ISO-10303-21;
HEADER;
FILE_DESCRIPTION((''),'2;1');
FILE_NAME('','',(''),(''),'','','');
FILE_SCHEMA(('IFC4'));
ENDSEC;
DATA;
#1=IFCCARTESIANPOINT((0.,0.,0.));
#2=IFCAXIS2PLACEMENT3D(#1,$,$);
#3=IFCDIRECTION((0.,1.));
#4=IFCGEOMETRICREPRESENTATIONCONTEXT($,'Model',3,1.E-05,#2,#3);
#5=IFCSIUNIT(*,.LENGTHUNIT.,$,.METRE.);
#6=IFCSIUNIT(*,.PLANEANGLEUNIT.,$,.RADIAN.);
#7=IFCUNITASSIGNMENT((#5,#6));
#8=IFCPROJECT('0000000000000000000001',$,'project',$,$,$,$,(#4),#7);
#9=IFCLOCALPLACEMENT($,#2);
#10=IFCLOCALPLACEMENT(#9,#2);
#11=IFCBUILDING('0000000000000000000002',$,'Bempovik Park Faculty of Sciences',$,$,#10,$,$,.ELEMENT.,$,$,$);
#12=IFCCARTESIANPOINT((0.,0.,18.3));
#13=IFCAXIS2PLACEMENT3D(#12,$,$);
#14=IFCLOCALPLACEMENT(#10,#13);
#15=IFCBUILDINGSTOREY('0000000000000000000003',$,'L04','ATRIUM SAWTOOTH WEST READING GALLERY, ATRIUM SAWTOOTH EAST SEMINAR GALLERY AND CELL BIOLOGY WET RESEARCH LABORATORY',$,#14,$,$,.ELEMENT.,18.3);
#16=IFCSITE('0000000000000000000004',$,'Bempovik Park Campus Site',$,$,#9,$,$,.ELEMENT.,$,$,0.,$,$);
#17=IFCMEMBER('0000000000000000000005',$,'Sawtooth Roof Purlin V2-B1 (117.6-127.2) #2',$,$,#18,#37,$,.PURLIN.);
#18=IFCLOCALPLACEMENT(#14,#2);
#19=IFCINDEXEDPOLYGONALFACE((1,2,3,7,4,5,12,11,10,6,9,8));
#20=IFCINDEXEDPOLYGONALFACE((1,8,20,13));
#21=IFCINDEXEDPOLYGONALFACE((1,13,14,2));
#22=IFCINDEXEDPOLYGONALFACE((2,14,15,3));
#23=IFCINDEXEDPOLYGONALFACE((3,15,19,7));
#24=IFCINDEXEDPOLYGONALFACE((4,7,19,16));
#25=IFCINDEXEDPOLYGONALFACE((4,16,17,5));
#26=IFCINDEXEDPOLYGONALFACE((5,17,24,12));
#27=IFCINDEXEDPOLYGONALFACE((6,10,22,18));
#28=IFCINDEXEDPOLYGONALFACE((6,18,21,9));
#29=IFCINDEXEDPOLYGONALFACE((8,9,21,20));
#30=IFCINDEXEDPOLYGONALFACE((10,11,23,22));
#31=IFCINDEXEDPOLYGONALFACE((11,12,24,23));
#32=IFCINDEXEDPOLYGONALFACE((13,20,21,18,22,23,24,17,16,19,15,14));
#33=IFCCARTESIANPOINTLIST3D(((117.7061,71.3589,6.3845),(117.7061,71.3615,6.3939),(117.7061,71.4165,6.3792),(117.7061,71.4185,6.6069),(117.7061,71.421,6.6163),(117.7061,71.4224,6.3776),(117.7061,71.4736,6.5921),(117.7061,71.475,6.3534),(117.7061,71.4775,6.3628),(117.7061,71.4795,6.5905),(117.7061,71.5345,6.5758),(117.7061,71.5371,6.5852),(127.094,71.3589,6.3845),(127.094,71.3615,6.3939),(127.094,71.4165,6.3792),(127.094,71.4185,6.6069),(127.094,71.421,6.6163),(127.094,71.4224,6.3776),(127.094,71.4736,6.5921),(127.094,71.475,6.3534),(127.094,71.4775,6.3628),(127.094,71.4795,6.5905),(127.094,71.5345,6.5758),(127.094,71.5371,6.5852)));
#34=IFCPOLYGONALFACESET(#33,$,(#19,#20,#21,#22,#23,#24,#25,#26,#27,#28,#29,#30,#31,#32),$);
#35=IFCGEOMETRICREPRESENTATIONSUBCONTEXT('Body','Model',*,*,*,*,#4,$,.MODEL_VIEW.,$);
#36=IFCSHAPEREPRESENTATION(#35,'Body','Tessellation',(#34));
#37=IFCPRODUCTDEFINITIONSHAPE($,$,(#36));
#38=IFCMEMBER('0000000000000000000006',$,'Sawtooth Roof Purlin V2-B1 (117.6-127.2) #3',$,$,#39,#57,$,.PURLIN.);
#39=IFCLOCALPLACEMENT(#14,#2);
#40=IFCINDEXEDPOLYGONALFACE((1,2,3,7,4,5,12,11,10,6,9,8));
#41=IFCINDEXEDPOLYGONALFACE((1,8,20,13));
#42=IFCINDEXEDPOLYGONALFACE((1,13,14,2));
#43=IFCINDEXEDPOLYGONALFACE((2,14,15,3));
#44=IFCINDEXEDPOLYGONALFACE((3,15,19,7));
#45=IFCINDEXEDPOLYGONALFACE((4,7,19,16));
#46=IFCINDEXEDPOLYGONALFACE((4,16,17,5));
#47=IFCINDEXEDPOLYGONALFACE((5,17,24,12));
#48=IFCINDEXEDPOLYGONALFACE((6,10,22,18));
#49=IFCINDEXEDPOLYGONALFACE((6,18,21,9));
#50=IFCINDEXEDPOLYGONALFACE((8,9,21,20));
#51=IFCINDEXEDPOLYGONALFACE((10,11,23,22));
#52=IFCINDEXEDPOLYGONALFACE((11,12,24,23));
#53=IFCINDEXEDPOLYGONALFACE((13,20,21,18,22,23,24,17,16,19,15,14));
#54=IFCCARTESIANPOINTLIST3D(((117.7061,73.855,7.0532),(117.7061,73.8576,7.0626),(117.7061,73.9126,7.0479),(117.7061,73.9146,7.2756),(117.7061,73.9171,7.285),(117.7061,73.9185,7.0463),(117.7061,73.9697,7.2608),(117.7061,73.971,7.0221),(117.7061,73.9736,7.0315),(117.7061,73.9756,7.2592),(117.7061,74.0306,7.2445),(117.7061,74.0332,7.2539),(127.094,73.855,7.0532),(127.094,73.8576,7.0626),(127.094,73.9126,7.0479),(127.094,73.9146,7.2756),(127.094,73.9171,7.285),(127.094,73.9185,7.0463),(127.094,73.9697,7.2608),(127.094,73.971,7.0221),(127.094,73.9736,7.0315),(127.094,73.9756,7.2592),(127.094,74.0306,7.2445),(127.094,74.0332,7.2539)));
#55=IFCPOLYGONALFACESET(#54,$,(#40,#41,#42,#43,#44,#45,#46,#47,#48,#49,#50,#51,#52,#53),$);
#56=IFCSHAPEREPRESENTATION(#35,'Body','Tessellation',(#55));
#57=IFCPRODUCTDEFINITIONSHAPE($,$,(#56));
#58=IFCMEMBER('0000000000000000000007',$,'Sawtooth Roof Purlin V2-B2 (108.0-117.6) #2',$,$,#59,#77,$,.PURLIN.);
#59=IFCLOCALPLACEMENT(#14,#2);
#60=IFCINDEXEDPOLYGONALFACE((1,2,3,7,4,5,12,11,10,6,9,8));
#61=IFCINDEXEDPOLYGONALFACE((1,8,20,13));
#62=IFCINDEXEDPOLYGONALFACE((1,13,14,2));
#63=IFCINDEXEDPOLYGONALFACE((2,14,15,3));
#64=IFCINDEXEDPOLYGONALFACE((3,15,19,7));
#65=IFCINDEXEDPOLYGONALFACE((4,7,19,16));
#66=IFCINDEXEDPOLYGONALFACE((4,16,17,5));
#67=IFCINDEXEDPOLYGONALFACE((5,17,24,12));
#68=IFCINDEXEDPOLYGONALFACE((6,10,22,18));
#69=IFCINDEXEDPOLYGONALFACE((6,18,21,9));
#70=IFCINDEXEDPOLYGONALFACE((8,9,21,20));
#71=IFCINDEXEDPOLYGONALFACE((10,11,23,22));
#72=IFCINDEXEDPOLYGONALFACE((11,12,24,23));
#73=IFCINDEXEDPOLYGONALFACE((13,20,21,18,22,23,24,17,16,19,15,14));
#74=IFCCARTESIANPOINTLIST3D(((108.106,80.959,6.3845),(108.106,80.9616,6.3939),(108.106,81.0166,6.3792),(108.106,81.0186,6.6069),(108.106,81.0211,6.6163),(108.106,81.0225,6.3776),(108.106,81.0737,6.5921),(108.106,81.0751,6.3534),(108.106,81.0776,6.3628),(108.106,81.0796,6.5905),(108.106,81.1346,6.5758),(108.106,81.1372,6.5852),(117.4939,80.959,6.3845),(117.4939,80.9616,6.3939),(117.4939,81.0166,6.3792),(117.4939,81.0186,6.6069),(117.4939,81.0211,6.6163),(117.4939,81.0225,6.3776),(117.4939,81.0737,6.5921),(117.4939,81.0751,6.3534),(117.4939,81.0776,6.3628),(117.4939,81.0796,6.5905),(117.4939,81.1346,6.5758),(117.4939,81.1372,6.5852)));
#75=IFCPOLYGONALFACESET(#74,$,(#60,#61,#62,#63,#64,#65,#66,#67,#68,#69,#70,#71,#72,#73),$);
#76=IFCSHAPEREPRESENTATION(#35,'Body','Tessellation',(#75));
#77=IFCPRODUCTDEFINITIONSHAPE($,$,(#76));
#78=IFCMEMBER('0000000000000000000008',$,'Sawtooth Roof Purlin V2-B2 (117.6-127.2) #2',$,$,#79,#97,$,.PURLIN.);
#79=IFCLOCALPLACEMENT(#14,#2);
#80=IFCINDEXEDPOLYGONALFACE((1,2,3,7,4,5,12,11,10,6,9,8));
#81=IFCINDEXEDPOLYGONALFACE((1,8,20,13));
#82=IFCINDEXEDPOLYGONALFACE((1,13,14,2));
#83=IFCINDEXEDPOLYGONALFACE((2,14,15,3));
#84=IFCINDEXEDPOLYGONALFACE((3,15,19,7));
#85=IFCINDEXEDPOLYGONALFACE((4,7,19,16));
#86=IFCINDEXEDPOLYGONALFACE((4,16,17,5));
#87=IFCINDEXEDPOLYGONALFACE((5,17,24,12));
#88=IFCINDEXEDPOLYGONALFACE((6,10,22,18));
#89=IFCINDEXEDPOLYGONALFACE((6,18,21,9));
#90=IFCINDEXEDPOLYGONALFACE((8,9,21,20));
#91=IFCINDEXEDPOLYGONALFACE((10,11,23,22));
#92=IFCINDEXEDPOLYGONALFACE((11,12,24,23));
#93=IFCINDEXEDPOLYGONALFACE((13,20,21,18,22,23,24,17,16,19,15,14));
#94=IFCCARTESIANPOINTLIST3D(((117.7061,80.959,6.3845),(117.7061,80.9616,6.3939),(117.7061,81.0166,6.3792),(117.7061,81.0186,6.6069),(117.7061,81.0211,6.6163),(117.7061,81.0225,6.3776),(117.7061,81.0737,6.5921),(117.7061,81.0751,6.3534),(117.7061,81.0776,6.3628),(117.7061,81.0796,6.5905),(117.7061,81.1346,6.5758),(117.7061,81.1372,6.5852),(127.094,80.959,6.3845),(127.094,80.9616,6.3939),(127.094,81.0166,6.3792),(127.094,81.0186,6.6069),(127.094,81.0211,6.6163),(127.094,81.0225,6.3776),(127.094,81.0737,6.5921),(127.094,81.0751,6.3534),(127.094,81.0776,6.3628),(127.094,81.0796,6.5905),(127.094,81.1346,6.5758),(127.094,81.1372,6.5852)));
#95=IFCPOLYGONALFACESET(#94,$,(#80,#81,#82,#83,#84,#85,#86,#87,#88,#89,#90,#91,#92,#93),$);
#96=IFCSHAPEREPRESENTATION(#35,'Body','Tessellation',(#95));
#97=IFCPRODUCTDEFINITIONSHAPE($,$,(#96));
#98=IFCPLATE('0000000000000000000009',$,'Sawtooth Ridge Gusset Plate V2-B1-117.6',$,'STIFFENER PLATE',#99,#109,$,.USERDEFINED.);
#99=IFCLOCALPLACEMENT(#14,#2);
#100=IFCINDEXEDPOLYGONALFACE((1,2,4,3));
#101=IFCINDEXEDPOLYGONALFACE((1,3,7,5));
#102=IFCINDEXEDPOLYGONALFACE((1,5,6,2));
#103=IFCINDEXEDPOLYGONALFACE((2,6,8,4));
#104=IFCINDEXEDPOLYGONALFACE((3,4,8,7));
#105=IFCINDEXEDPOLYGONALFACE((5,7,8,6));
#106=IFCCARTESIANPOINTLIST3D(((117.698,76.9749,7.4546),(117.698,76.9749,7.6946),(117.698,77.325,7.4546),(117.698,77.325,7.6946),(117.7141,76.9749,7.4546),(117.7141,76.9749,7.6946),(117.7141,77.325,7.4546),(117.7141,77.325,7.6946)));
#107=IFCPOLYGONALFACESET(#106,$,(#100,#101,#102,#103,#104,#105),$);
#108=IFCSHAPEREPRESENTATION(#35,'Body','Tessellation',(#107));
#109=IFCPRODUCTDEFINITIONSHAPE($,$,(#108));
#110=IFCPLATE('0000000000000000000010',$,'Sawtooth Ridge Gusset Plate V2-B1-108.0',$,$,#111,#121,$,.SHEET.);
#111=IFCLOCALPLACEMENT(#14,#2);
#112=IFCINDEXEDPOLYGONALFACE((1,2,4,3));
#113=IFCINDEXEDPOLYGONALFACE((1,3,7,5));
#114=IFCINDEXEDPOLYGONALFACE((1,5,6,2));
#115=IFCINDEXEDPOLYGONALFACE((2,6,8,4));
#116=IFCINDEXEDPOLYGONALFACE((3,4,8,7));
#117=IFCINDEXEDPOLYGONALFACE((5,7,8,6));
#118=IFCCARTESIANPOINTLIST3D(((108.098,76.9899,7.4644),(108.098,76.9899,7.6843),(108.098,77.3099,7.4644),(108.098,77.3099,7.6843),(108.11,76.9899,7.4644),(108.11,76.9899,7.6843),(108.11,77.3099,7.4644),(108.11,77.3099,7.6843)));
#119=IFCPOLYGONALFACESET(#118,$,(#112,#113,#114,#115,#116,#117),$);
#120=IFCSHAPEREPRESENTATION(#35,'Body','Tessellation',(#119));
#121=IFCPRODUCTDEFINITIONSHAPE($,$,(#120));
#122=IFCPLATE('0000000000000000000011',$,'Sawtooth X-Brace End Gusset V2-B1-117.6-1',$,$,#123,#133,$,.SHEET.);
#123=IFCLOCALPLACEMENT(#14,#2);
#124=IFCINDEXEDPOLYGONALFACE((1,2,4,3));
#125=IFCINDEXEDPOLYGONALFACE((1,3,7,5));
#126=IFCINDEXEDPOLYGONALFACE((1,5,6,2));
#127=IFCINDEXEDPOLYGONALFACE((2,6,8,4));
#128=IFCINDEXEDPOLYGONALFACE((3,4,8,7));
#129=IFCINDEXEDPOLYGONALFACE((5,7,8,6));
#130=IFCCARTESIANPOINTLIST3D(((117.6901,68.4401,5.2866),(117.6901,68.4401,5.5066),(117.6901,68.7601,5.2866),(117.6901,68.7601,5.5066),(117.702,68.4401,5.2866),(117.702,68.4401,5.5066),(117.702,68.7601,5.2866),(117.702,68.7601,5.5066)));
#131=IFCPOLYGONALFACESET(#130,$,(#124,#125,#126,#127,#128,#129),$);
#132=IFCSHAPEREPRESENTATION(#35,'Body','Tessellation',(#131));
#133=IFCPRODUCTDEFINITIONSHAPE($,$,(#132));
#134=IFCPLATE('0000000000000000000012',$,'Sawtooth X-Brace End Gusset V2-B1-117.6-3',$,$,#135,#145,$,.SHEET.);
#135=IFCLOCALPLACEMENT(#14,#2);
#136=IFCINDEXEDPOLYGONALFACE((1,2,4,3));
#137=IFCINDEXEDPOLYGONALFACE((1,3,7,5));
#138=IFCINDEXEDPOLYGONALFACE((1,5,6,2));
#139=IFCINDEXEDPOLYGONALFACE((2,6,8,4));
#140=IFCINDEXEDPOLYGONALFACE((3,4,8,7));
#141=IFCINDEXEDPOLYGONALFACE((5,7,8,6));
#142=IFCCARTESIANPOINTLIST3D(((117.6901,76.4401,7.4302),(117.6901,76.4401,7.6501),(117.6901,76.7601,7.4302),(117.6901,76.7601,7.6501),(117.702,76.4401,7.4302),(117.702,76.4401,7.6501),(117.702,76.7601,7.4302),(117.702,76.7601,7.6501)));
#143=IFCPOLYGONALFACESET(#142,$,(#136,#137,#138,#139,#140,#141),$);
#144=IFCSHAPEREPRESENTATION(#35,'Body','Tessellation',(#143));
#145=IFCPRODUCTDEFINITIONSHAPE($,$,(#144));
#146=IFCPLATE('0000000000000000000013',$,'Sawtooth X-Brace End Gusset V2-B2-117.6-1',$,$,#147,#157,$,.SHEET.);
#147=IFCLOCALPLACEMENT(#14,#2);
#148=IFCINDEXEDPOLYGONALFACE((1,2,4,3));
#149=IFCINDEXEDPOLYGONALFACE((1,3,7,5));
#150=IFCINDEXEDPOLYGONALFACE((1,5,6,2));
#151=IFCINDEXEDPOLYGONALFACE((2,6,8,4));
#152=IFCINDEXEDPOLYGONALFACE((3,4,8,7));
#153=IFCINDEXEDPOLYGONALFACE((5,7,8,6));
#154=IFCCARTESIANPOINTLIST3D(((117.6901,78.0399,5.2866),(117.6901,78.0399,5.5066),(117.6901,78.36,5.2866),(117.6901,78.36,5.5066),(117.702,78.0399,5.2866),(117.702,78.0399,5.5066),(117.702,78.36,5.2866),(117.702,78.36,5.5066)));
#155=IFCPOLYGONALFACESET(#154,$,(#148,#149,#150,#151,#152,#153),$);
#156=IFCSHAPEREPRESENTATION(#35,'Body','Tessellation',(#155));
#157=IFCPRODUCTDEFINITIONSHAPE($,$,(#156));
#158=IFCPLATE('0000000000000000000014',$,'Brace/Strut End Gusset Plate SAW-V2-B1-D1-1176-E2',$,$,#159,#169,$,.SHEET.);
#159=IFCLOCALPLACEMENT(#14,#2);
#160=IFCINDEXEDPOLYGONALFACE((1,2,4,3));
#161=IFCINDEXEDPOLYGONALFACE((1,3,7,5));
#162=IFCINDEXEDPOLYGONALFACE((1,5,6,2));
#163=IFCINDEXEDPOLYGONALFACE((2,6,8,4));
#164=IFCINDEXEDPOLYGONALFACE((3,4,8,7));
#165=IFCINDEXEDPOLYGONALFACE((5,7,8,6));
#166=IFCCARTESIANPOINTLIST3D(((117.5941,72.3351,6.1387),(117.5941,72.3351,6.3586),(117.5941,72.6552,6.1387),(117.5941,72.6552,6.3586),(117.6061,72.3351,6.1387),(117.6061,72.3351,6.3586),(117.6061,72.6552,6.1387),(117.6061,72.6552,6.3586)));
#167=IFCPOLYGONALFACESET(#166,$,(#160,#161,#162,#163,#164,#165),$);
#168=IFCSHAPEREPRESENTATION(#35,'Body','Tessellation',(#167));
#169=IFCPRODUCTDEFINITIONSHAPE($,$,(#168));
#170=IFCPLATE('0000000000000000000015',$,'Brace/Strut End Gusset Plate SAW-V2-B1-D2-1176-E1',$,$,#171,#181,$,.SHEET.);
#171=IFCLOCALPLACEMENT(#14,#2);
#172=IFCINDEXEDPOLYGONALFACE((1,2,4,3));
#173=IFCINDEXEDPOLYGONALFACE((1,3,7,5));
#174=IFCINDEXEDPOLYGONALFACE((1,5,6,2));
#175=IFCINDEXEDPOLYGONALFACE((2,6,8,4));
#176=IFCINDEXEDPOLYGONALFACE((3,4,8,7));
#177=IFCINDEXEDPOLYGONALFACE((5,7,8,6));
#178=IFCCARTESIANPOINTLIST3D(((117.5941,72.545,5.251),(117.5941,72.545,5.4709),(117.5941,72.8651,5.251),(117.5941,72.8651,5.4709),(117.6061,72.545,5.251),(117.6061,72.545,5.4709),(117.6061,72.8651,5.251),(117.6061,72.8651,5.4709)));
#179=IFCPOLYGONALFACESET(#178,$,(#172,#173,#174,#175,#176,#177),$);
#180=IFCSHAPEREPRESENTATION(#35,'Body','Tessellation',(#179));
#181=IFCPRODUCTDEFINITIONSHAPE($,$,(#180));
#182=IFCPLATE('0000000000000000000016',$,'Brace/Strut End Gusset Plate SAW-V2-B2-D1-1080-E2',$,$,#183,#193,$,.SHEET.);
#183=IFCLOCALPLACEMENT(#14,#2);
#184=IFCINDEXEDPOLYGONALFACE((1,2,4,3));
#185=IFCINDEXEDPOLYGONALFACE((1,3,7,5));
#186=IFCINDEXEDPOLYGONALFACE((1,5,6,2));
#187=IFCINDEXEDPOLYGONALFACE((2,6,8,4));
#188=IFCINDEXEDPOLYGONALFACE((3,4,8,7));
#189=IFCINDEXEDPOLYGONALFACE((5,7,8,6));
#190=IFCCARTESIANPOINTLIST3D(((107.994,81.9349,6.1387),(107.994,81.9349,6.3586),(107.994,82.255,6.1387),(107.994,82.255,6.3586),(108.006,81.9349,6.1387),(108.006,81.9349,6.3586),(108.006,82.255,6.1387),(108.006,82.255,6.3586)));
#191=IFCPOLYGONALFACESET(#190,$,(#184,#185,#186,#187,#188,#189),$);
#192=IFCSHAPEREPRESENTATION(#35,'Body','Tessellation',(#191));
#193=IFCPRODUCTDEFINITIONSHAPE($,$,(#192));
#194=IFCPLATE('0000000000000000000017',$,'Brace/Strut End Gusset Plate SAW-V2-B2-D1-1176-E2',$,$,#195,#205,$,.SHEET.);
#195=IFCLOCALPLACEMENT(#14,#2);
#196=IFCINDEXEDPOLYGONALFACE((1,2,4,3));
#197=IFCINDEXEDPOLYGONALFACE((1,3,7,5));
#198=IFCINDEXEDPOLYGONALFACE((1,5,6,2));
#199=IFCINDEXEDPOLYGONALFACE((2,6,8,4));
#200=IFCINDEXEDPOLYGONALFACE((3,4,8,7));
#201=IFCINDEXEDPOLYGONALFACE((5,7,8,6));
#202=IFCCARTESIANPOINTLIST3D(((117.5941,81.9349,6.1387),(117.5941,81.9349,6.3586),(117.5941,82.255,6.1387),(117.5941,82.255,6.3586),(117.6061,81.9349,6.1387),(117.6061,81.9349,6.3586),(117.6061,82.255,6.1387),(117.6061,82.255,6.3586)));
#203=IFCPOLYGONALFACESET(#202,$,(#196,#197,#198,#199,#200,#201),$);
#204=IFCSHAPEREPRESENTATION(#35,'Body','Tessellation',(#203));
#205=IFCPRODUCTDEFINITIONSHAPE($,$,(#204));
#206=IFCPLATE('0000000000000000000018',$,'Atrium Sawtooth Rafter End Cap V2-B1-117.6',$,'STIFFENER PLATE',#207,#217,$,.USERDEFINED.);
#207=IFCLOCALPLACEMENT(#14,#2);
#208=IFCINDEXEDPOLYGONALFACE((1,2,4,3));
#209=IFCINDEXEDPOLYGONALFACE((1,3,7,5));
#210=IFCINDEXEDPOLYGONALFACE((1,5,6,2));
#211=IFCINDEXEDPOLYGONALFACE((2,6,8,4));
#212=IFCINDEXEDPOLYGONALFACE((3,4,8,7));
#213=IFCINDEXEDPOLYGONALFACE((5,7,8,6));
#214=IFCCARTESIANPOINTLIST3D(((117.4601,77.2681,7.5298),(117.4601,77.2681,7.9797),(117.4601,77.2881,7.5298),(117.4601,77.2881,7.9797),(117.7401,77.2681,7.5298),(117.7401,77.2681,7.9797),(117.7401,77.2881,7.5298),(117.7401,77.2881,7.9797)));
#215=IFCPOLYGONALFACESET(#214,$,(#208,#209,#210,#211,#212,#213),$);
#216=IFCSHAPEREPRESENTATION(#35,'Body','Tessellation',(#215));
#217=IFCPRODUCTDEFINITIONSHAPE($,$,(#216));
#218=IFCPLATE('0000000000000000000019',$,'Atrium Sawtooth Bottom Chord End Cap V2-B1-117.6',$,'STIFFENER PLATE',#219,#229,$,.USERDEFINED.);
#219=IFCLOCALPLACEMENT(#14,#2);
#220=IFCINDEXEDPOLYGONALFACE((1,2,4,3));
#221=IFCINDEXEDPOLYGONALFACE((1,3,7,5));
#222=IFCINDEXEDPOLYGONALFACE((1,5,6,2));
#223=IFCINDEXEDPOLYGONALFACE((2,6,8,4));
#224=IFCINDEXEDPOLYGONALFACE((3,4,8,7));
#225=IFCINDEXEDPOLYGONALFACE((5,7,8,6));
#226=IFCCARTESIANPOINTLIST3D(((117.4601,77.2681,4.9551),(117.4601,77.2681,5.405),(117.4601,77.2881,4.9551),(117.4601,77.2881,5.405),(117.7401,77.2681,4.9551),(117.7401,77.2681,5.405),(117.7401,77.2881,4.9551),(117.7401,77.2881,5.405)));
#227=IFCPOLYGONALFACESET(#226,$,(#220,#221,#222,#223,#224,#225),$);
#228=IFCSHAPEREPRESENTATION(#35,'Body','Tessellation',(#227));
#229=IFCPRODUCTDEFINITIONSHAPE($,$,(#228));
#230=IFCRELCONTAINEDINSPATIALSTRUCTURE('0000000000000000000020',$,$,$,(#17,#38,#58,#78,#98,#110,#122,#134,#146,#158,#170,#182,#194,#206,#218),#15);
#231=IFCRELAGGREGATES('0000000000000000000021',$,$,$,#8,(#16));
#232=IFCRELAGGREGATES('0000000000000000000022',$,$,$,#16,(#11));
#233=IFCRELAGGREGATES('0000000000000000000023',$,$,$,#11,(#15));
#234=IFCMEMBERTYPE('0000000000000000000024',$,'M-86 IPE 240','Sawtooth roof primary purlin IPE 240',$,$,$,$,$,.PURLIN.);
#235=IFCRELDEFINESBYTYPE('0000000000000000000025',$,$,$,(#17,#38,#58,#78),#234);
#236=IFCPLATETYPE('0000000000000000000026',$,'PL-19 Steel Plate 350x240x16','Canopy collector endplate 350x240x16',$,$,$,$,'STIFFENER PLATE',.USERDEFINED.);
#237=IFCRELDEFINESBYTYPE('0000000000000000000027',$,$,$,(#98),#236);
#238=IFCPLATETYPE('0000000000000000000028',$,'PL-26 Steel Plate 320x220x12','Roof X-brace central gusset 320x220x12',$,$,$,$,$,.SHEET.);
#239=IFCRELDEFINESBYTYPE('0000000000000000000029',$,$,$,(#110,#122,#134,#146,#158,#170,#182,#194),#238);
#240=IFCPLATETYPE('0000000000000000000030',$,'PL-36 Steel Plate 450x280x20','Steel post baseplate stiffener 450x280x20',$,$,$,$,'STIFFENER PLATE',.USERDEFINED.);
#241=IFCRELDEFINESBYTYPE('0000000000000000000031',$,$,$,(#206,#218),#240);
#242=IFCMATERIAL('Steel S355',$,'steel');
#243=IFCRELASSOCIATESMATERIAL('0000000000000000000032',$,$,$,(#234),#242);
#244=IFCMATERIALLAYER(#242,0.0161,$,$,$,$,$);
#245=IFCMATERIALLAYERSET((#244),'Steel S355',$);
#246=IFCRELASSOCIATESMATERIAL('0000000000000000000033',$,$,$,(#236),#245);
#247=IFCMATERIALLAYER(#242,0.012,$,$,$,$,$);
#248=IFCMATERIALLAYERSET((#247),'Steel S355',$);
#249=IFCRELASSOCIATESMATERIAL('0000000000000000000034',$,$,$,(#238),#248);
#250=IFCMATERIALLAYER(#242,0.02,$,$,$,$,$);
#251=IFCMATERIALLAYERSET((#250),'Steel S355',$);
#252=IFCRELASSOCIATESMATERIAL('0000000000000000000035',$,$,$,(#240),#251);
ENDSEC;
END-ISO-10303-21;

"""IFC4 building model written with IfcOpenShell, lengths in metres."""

from ifc_helpers import new_model, si_unit, direction, frame, origin, origin_2d, place, context, subcontext, project, spatial, rectangle, i_section, extrude, material, layer, layer_set, material_profile, profile_set, type_object, element, save


model = new_model("IFC4")

# Units and contexts
model_context = context("Model", 3, precision=1e-05, world=origin(), true_north=direction((0.0, 1.0)))
body_context = subcontext(model_context, "Body", "Model", "MODEL_VIEW")
ifc_project = project(units=[si_unit("LENGTHUNIT", "METRE"), si_unit("PLANEANGLEUNIT", "RADIAN")], contexts=[model_context])

# Site, building, storey
site_placement = place(None, origin())
site = spatial("IfcSite", under=ifc_project, at=site_placement, Name="Bempovik Park Campus Site", CompositionType="ELEMENT", RefElevation=0.0)
building_placement = place(site_placement, origin())
building = spatial("IfcBuilding", under=site, at=building_placement, Name="Bempovik Park Faculty of Sciences", CompositionType="ELEMENT")
storey_placement = place(building_placement, frame((0.0, 0.0, 18.3)))
storey = spatial("IfcBuildingStorey", under=building, at=storey_placement, Name="L04", Description="ATRIUM SAWTOOTH WEST READING GALLERY, ATRIUM SAWTOOTH EAST SEMINAR GALLERY AND CELL BIOLOGY WET RESEARCH LABORATORY", CompositionType="ELEMENT", Elevation=18.3)

# Shared definitions
ifc_material_1 = material(Name="Steel S355", Category="steel")

# Members
ifc_material_profile_1 = material_profile(ifc_material_1, i_section(OverallWidth=0.1201, OverallDepth=0.24, WebThickness=0.0061, FlangeThickness=0.0098, at=origin_2d()), Name="IPE 240")
ifc_profile_set_1 = profile_set([ifc_material_profile_1], Name="Steel S355")
member_type_1 = type_object("IfcMemberType", Name="M-86 IPE 240", Description="Sawtooth roof primary purlin IPE 240", PredefinedType="PURLIN", material=ifc_profile_set_1)
for number, where, z_axis, x_axis, name in (
    (1, (117.7061, 71.448, 6.4849), (1.0, 0.0, 0.0), (0.0, 0.965926, -0.258819), "Sawtooth Roof Purlin V2-B1 (117.6-127.2) #2"),
    (2, (117.7061, 73.9441, 7.1536), (1.0, 0.0, 0.0), (0.0, 0.965926, -0.258819), "Sawtooth Roof Purlin V2-B1 (117.6-127.2) #3"),
    (3, (108.106, 81.0481, 6.4849), (1.0, 0.0, 0.0), (0.0, 0.965926, -0.258819), "Sawtooth Roof Purlin V2-B2 (108.0-117.6) #2"),
    (4, (117.7061, 81.0481, 6.4849), (1.0, 0.0, 0.0), (0.0, 0.965926, -0.258819), "Sawtooth Roof Purlin V2-B2 (117.6-127.2) #2"),
):
    element("IfcMember", number, at=place(storey_placement, frame(where, z_axis=z_axis, x_axis=x_axis)), inside=storey, type_object=member_type_1, Name=name, PredefinedType="PURLIN", context=body_context, shape_type="SweptSolid", body=[
        extrude(i_section(OverallWidth=0.1201, OverallDepth=0.24, WebThickness=0.0061, FlangeThickness=0.0098, at=origin_2d()), origin(), (0.0, 0.0, 1.0), 9.3879),
    ])

# Plates
ifc_layer_1 = layer(ifc_material_1, 0.0161)
ifc_layer_set_1 = layer_set([ifc_layer_1], Name="Steel S355")
plate_type_1 = type_object("IfcPlateType", Name="PL-19 Steel Plate 350x240x16", Description="Canopy collector endplate 350x240x16", ElementType="STIFFENER PLATE", PredefinedType="USERDEFINED", material=ifc_layer_set_1)
plate_placement = place(storey_placement, frame((117.7061, 77.1499, 7.4546), z_axis=(0.0, 0.0, 1.0), x_axis=(1.0, 0.0, 0.0)))
element("IfcPlate", 5, at=plate_placement, inside=storey, type_object=plate_type_1, Name="Sawtooth Ridge Gusset Plate V2-B1-117.6", ObjectType="STIFFENER PLATE", PredefinedType="USERDEFINED", context=body_context, shape_type="SweptSolid", body=[
    extrude(rectangle(XDim=0.0161, YDim=0.3501, at=origin_2d()), origin(), (0.0, 0.0, 1.0), 0.24),
])
ifc_layer_2 = layer(ifc_material_1, 0.012)
ifc_layer_set_2 = layer_set([ifc_layer_2], Name="Steel S355")
plate_type_2 = type_object("IfcPlateType", Name="PL-26 Steel Plate 320x220x12", Description="Roof X-brace central gusset 320x220x12", PredefinedType="SHEET", material=ifc_layer_set_2)
for number, where, z_axis, x_axis, name in (
    (6, (108.104, 77.1499, 7.4644), (0.0, 0.0, 1.0), (1.0, 0.0, 0.0), "Sawtooth Ridge Gusset Plate V2-B1-108.0"),
    (7, (117.696, 68.6001, 5.2866), (0.0, 0.0, 1.0), (1.0, 0.0, 0.0), "Sawtooth X-Brace End Gusset V2-B1-117.6-1"),
    (8, (117.696, 76.6001, 7.4302), (0.0, 0.0, 1.0), (1.0, 0.0, 0.0), "Sawtooth X-Brace End Gusset V2-B1-117.6-3"),
    (9, (117.696, 78.2, 5.2866), (0.0, 0.0, 1.0), (1.0, 0.0, 0.0), "Sawtooth X-Brace End Gusset V2-B2-117.6-1"),
    (10, (117.6001, 72.4951, 6.1387), (0.0, 0.0, 1.0), (1.0, 0.0, 0.0), "Brace/Strut End Gusset Plate SAW-V2-B1-D1-1176-E2"),
    (11, (117.6001, 72.7051, 5.251), (0.0, 0.0, 1.0), (1.0, 0.0, 0.0), "Brace/Strut End Gusset Plate SAW-V2-B1-D2-1176-E1"),
    (12, (108.0, 82.095, 6.1387), (0.0, 0.0, 1.0), (1.0, 0.0, 0.0), "Brace/Strut End Gusset Plate SAW-V2-B2-D1-1080-E2"),
    (13, (117.6001, 82.095, 6.1387), (0.0, 0.0, 1.0), (1.0, 0.0, 0.0), "Brace/Strut End Gusset Plate SAW-V2-B2-D1-1176-E2"),
):
    element("IfcPlate", number, at=place(storey_placement, frame(where, z_axis=z_axis, x_axis=x_axis)), inside=storey, type_object=plate_type_2, Name=name, PredefinedType="SHEET", context=body_context, shape_type="SweptSolid", body=[
        extrude(rectangle(XDim=0.012, YDim=0.3201, at=origin_2d()), origin(), (0.0, 0.0, 1.0), 0.22),
    ])
ifc_layer_3 = layer(ifc_material_1, 0.02)
ifc_layer_set_3 = layer_set([ifc_layer_3], Name="Steel S355")
plate_type_3 = type_object("IfcPlateType", Name="PL-36 Steel Plate 450x280x20", Description="Steel post baseplate stiffener 450x280x20", ElementType="STIFFENER PLATE", PredefinedType="USERDEFINED", material=ifc_layer_set_3)
for number, where, z_axis, x_axis, name in (
    (14, (117.6001, 77.2781, 7.5298), (0.0, 0.0, 1.0), (1.0, 0.0, 0.0), "Atrium Sawtooth Rafter End Cap V2-B1-117.6"),
    (15, (117.6001, 77.2781, 4.9551), (0.0, 0.0, 1.0), (1.0, 0.0, 0.0), "Atrium Sawtooth Bottom Chord End Cap V2-B1-117.6"),
):
    element("IfcPlate", number, at=place(storey_placement, frame(where, z_axis=z_axis, x_axis=x_axis)), inside=storey, type_object=plate_type_3, Name=name, ObjectType="STIFFENER PLATE", PredefinedType="USERDEFINED", context=body_context, shape_type="SweptSolid", body=[
        extrude(rectangle(XDim=0.28, YDim=0.02, at=origin_2d()), origin(), (0.0, 0.0, 1.0), 0.45),
    ])

save(model, "model.ifc")
